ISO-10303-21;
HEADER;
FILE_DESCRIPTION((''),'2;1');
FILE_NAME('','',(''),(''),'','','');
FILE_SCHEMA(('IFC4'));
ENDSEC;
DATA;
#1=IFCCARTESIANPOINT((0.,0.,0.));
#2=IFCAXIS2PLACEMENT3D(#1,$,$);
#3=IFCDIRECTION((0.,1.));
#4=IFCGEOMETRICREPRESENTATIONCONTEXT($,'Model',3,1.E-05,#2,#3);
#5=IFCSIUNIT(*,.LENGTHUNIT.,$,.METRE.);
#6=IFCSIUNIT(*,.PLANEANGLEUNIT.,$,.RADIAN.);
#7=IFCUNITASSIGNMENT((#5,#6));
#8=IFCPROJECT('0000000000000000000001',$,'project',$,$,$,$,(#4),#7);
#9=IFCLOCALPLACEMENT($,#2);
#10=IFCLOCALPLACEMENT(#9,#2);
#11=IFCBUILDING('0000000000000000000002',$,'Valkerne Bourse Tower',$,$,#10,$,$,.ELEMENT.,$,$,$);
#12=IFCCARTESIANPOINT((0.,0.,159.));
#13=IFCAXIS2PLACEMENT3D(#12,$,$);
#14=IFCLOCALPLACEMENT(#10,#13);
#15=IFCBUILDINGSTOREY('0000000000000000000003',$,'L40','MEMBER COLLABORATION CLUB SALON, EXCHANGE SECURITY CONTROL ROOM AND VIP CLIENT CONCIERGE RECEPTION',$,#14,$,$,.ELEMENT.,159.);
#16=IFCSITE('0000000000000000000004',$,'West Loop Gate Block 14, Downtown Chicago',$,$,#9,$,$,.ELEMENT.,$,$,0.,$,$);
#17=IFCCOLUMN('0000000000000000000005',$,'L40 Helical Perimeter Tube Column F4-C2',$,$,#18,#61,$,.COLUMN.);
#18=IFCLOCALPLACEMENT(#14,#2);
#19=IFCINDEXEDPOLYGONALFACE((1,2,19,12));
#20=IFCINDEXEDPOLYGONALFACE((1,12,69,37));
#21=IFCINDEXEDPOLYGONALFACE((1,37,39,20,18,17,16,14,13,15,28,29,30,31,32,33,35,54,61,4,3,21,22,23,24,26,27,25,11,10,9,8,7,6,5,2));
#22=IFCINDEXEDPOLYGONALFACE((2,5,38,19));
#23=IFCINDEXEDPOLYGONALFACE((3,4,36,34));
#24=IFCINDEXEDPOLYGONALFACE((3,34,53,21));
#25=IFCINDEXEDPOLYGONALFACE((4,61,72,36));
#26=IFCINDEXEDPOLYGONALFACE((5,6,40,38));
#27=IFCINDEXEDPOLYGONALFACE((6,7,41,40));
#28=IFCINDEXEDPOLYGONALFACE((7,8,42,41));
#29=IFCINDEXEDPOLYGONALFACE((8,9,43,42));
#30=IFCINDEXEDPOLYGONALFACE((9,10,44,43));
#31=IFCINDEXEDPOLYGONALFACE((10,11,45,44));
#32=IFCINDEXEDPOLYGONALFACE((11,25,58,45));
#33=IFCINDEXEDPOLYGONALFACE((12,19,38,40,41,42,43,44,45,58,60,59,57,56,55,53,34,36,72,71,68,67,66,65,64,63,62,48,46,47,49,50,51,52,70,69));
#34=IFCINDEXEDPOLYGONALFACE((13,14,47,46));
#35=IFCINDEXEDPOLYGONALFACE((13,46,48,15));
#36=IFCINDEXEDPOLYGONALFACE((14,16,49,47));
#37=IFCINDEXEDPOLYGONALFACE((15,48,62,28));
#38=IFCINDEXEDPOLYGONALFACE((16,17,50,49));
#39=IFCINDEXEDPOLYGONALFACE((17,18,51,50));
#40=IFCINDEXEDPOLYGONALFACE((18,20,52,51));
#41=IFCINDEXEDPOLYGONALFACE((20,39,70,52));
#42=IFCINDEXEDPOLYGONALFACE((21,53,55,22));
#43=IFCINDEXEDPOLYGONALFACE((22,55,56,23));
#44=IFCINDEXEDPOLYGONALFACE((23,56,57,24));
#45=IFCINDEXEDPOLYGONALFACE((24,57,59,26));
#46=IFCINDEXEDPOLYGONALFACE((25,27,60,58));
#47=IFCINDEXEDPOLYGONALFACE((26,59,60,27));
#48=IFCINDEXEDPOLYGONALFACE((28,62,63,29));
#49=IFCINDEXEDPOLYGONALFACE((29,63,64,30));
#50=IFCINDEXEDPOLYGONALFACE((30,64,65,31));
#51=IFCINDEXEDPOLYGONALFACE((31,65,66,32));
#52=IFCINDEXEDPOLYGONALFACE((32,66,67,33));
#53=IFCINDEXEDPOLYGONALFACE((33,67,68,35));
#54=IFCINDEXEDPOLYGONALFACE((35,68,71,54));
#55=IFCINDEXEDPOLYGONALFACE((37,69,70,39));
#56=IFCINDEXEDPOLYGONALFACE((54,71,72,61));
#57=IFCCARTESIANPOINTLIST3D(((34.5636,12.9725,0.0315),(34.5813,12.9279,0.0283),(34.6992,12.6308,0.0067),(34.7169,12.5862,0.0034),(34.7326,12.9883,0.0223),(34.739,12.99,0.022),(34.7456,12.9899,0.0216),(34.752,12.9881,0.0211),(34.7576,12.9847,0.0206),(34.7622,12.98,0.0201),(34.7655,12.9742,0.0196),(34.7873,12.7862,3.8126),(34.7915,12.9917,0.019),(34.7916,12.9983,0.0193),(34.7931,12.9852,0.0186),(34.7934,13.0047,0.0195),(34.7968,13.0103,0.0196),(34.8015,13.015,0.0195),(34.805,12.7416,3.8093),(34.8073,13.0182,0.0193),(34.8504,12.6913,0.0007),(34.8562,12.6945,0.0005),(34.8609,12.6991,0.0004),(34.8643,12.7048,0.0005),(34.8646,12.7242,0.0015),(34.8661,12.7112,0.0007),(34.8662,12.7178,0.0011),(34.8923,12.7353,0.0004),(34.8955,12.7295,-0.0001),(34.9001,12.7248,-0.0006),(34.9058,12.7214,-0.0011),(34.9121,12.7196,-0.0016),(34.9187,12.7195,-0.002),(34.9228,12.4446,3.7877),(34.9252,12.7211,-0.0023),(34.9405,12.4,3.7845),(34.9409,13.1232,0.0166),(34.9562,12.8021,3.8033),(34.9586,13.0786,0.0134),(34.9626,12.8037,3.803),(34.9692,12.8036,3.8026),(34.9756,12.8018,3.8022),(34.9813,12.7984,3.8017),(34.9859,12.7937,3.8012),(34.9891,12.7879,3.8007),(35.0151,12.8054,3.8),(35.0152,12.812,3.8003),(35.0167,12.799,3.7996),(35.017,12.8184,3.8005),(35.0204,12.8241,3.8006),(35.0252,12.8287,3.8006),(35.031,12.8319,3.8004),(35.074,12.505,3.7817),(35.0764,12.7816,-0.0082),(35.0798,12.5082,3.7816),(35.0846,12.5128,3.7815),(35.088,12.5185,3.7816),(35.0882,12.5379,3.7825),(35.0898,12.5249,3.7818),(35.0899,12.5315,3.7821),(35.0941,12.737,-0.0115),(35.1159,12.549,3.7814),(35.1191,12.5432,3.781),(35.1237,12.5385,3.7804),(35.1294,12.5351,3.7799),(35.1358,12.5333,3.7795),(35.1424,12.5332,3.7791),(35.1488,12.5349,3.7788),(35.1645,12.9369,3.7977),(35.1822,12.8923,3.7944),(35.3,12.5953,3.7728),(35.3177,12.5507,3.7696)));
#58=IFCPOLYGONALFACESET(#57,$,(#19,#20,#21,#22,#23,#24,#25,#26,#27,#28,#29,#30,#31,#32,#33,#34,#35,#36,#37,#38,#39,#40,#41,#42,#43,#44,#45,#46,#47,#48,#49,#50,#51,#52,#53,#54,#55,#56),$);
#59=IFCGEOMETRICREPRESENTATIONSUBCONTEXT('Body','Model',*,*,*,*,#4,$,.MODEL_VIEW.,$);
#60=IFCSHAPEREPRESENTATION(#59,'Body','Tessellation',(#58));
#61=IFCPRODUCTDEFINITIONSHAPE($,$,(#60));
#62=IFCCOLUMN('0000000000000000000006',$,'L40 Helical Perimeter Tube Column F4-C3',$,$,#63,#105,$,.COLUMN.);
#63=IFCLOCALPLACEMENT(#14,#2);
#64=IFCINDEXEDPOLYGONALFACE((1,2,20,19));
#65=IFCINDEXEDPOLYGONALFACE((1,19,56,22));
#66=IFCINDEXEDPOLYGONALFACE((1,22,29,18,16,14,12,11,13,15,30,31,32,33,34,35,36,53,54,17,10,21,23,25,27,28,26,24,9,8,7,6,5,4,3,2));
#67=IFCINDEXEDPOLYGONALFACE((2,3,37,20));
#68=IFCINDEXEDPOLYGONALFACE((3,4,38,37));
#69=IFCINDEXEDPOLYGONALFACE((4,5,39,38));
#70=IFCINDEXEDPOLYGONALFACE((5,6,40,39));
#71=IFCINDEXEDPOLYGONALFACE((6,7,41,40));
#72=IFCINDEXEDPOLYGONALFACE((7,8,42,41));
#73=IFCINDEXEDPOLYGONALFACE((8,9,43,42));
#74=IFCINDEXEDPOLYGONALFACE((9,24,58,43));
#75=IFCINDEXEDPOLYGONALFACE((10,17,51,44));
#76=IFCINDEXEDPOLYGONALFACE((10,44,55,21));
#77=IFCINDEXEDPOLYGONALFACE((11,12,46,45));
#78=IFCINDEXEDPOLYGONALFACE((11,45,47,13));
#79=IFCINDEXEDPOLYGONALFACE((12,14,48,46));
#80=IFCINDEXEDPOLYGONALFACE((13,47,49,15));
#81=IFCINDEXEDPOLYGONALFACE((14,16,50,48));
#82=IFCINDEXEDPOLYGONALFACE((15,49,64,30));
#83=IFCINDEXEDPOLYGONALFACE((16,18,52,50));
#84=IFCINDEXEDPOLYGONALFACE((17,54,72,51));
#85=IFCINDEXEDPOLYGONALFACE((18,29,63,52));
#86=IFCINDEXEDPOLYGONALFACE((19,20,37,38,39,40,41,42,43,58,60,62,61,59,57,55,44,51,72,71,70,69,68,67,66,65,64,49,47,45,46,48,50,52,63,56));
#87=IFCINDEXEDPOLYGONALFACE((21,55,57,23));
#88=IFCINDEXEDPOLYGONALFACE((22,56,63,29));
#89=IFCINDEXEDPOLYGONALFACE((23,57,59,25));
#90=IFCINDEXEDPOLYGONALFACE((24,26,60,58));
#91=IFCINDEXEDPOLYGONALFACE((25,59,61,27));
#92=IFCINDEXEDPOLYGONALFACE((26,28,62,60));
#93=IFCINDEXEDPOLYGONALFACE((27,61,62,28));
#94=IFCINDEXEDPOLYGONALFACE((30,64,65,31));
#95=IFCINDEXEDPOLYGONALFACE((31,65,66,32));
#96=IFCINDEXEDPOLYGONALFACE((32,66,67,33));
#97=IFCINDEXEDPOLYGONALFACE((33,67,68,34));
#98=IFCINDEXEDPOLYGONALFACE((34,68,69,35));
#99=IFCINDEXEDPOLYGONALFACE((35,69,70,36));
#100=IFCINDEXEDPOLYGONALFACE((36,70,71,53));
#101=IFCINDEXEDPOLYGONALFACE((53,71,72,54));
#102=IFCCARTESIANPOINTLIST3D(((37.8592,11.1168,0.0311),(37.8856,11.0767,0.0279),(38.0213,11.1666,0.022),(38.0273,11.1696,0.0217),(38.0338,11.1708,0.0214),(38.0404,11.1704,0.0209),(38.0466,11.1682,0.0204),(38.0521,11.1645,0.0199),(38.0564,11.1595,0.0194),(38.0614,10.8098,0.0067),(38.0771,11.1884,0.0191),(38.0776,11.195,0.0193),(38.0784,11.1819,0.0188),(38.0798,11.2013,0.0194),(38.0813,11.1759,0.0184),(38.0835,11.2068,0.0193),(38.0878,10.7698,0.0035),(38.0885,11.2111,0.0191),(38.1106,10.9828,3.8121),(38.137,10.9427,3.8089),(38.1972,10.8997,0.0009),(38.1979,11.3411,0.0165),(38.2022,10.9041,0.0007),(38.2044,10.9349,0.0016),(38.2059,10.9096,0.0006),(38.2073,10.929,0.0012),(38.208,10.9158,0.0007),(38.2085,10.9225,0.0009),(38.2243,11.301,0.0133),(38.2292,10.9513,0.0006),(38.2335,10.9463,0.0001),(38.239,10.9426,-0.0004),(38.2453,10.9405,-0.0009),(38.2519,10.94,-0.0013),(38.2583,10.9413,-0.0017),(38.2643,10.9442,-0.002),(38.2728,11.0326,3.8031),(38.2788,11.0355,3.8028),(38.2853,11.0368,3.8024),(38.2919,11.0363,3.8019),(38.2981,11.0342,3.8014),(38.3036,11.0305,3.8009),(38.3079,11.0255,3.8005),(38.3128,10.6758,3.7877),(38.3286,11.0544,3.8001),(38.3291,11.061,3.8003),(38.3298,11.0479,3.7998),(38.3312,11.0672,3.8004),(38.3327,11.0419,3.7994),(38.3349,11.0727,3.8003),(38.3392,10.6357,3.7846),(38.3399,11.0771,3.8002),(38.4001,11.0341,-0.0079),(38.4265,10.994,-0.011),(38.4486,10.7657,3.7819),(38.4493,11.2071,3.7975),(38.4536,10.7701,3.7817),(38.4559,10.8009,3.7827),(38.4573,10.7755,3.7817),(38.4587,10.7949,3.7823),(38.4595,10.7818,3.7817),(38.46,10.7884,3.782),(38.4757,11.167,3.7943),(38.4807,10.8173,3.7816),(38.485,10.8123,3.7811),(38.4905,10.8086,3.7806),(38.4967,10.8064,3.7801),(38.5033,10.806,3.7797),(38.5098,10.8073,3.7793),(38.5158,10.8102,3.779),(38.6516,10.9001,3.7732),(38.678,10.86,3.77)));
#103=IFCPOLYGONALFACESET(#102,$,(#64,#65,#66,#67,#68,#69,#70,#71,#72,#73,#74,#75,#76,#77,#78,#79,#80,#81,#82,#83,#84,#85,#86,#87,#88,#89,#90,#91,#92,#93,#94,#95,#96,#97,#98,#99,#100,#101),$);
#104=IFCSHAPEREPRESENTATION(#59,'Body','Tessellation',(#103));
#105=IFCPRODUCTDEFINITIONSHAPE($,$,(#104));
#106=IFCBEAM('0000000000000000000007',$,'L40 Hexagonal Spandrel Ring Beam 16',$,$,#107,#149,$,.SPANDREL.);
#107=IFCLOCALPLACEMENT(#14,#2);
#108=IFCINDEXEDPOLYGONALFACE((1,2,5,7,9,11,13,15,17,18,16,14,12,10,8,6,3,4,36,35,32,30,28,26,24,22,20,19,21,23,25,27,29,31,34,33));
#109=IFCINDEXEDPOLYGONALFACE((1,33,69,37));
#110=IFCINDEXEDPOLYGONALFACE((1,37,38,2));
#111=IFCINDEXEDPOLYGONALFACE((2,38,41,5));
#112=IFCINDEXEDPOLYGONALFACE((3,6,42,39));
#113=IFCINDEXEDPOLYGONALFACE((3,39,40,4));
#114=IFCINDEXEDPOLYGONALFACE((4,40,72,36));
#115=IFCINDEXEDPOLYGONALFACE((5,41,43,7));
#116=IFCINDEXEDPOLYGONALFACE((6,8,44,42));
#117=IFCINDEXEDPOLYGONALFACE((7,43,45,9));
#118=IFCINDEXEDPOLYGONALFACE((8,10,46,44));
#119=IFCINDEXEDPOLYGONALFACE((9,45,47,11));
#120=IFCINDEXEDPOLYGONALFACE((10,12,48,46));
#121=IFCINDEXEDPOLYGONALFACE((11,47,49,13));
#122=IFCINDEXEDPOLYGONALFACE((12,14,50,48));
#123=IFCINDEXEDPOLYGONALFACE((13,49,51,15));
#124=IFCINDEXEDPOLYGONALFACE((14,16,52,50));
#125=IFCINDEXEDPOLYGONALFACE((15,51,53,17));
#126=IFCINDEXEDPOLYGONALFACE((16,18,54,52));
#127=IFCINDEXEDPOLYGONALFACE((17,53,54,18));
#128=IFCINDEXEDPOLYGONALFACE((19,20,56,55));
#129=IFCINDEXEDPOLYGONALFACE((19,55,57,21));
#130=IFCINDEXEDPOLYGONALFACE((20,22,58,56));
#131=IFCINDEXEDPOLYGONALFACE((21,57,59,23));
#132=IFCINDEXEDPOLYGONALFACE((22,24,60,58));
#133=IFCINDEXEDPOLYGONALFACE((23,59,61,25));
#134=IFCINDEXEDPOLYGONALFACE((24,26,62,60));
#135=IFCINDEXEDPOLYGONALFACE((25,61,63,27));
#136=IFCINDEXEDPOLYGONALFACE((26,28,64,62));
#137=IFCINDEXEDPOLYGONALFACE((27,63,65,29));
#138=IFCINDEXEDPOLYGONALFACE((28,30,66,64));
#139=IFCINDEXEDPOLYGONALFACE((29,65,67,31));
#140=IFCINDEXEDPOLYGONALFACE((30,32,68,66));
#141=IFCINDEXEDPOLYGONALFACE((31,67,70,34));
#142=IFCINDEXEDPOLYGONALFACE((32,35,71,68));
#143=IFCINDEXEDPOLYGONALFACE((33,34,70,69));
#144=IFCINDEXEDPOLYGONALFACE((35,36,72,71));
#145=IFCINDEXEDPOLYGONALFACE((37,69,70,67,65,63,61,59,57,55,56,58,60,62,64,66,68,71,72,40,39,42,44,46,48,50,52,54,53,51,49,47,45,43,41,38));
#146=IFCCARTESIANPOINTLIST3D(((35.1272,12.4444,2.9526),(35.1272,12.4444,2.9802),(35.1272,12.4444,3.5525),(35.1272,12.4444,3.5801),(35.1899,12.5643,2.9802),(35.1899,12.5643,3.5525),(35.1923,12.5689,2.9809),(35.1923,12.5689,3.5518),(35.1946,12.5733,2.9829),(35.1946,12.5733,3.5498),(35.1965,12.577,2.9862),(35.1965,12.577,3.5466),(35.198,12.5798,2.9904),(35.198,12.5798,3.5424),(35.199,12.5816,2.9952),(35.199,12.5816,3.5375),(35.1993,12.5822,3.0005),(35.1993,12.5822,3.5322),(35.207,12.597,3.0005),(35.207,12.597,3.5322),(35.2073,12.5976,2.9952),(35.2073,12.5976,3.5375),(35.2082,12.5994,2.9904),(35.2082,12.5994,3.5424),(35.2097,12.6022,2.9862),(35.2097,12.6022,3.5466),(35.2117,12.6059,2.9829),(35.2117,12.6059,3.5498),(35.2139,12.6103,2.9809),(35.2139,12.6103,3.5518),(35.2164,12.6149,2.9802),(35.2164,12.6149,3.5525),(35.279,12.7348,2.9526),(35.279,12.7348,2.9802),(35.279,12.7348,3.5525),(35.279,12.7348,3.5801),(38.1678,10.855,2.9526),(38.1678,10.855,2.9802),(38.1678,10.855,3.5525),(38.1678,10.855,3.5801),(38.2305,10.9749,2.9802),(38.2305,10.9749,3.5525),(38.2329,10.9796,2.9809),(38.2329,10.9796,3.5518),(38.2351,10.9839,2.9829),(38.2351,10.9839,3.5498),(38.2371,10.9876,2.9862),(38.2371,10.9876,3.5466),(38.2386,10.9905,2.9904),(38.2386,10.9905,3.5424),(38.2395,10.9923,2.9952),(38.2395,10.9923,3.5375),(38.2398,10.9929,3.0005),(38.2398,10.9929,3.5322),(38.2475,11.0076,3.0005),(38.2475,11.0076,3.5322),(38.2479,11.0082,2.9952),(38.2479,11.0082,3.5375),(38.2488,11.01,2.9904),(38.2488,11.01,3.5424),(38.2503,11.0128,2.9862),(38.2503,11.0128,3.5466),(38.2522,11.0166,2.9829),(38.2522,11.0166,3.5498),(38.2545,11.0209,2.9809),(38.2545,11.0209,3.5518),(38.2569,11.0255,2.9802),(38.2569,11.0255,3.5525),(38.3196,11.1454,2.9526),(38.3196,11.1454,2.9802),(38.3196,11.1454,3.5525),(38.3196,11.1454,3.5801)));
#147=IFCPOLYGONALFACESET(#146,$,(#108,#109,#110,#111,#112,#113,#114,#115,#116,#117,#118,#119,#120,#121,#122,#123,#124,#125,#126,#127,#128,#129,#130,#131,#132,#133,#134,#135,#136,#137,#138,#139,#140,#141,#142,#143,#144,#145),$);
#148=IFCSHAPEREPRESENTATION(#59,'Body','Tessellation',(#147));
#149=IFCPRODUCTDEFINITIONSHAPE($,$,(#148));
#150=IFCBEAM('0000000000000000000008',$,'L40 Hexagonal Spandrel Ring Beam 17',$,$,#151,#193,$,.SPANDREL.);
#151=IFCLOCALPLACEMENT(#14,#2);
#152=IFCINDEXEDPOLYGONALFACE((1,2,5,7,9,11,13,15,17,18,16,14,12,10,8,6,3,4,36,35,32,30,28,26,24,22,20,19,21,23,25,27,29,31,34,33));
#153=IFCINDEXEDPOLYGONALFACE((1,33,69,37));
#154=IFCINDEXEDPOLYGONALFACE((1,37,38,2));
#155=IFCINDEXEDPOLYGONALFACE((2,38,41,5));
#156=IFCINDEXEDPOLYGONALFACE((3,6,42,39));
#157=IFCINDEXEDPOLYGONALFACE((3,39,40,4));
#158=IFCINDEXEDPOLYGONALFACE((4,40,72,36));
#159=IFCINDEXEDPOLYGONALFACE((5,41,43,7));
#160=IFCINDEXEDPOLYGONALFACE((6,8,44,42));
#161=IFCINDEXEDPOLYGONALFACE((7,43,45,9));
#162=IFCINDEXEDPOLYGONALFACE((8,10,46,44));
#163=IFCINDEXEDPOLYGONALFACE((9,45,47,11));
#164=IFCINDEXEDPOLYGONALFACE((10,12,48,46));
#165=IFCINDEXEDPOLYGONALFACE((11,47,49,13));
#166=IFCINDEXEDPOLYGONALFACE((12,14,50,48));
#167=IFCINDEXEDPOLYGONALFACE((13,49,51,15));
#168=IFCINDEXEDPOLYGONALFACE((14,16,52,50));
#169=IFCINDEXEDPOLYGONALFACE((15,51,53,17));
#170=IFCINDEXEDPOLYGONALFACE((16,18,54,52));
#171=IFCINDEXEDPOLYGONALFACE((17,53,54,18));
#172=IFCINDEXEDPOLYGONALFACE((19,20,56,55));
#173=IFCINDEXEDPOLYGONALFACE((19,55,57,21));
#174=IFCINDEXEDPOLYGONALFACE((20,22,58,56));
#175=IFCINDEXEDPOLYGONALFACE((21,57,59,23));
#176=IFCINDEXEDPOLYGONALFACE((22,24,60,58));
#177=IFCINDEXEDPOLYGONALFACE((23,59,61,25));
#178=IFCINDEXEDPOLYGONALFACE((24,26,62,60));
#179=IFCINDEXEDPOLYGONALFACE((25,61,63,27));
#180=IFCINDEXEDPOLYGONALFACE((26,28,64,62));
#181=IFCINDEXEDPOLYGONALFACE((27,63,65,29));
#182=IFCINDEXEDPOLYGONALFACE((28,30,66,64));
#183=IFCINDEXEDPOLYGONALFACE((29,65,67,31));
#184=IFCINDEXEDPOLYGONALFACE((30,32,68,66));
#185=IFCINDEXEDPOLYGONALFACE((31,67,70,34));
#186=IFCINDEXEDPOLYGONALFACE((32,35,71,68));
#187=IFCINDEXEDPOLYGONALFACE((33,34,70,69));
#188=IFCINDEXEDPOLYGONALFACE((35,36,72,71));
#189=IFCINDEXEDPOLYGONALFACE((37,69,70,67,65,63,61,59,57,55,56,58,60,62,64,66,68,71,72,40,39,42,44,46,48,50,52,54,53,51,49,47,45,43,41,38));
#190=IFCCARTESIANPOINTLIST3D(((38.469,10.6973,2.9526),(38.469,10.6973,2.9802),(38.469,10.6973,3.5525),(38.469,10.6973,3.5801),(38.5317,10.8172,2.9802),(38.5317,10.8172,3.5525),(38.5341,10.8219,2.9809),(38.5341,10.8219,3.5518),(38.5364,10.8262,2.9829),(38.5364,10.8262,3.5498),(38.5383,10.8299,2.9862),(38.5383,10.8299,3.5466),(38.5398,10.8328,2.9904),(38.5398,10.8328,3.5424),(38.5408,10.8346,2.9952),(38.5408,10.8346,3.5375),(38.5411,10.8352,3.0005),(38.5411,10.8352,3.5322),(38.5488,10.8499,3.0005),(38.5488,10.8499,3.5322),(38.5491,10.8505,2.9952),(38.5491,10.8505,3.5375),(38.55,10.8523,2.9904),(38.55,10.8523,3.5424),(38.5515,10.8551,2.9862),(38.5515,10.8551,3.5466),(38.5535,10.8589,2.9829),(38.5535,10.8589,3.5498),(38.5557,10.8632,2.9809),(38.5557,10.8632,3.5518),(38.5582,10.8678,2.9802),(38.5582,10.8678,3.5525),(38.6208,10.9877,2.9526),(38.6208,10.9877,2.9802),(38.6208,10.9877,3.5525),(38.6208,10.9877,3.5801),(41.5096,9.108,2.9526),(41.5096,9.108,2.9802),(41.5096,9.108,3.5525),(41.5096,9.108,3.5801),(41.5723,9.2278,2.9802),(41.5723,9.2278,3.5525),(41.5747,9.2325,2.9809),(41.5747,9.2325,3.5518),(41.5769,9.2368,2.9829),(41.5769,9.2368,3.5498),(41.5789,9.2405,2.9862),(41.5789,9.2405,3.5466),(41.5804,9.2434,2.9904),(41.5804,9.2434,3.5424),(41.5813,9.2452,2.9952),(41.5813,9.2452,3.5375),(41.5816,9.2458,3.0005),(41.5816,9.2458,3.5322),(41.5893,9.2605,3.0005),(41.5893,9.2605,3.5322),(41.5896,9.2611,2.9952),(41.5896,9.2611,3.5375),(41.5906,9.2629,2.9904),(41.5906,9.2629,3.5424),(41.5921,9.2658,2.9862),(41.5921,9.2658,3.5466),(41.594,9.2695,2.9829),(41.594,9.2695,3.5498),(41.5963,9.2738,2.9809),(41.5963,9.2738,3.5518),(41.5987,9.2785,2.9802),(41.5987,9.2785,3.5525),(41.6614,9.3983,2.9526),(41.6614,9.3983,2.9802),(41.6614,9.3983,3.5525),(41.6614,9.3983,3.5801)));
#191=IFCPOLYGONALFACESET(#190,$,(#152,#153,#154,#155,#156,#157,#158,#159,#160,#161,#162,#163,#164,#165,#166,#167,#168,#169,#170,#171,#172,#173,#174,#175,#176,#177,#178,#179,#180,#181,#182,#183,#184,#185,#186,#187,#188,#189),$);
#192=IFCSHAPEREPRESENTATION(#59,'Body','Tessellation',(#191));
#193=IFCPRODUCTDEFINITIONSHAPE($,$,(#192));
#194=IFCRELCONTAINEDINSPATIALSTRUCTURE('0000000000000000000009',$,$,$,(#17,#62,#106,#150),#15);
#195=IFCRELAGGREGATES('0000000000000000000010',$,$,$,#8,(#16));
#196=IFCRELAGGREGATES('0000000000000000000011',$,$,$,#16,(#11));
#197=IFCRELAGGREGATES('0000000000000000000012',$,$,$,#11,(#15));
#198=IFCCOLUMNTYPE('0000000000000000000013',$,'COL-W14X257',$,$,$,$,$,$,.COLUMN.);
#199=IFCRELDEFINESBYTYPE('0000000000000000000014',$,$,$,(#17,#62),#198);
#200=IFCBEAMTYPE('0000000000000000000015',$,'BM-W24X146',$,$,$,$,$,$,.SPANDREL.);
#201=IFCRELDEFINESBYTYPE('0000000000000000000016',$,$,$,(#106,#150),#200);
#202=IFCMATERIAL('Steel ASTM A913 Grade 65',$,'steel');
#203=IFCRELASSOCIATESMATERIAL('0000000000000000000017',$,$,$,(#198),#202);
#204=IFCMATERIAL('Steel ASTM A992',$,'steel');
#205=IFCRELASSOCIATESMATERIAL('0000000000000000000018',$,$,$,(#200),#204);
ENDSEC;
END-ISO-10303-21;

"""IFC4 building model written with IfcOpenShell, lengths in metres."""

from ifc_helpers import new_model, si_unit, direction, frame, origin, origin_2d, place, context, subcontext, project, spatial, i_section, extrude, material, material_profile, profile_set, type_object, element, save


model = new_model("IFC4")

# Units and contexts
model_context = context("Model", 3, precision=1e-05, world=origin(), true_north=direction((0.0, 1.0)))
body_context = subcontext(model_context, "Body", "Model", "MODEL_VIEW")
ifc_project = project(units=[si_unit("LENGTHUNIT", "METRE"), si_unit("PLANEANGLEUNIT", "RADIAN")], contexts=[model_context])

# Site, building, storey
site_placement = place(None, origin())
site = spatial("IfcSite", under=ifc_project, at=site_placement, Name="West Loop Gate Block 14, Downtown Chicago", CompositionType="ELEMENT", RefElevation=0.0)
building_placement = place(site_placement, origin())
building = spatial("IfcBuilding", under=site, at=building_placement, Name="Valkerne Bourse Tower", CompositionType="ELEMENT")
storey_placement = place(building_placement, frame((0.0, 0.0, 159.0)))
storey = spatial("IfcBuildingStorey", under=building, at=storey_placement, Name="L40", Description="MEMBER COLLABORATION CLUB SALON, EXCHANGE SECURITY CONTROL ROOM AND VIP CLIENT CONCIERGE RECEPTION", CompositionType="ELEMENT", Elevation=159.0)

# Columns
ifc_material_1 = material(Name="Steel ASTM A913 Grade 65", Category="steel")
ifc_material_profile_1 = material_profile(ifc_material_1, i_section(OverallWidth=0.4065, OverallDepth=0.4165, WebThickness=0.0298, FlangeThickness=0.0481, FilletRadius=0.0254, at=origin_2d()), Name="W14X257")
ifc_profile_set_1 = profile_set([ifc_material_profile_1], Name="Steel ASTM A913 Grade 65")
column_type = type_object("IfcColumnType", Name="COL-W14X257", PredefinedType="COLUMN", material=ifc_profile_set_1)
column_1_placement = place(storey_placement, frame((34.8289, 12.8547, 0.01), z_axis=(0.058972, -0.049122, 0.99705), x_axis=(0.928008, 0.370757, -0.036622)))
element("IfcColumn", 1, at=column_1_placement, inside=storey, type_object=column_type, Name="L40 Helical Perimeter Tube Column F4-C2", PredefinedType="COLUMN", context=body_context, shape_type="SweptSolid", body=[
    extrude(i_section(OverallWidth=0.4065, OverallDepth=0.4165, WebThickness=0.0298, FlangeThickness=0.0481, FilletRadius=0.0254, at=origin_2d()), origin(), (0.0, 0.0, 1.0), 3.7922),
])
column_2_placement = place(storey_placement, frame((38.1428, 11.0554, 0.01), z_axis=(0.066319, -0.035349, 0.997172), x_axis=(0.833254, 0.551727, -0.035859)))
element("IfcColumn", 2, at=column_2_placement, inside=storey, type_object=column_type, Name="L40 Helical Perimeter Tube Column F4-C3", PredefinedType="COLUMN", context=body_context, shape_type="SweptSolid", body=[
    extrude(i_section(OverallWidth=0.4065, OverallDepth=0.4165, WebThickness=0.0298, FlangeThickness=0.0481, FilletRadius=0.0254, at=origin_2d()), origin(), (0.0, 0.0, 1.0), 3.7917),
])

# Beams
ifc_material_2 = material(Name="Steel ASTM A992", Category="steel")
ifc_material_profile_2 = material_profile(ifc_material_2, i_section(OverallWidth=0.3276, OverallDepth=0.6274, WebThickness=0.0166, FlangeThickness=0.0276, FilletRadius=0.0203, at=origin_2d()), Name="W24X146")
ifc_profile_set_2 = profile_set([ifc_material_profile_2], Name="Steel ASTM A992")
beam_type_1 = type_object("IfcBeamType", Name="BM-W24X146", PredefinedType="SPANDREL", material=ifc_profile_set_2)
for number, where, z_axis, x_axis, name in (
    (3, (35.2031, 12.5896, 3.2664), (0.886227, -0.463252, 0.0), (0.463252, 0.886227, 0.0), "L40 Hexagonal Spandrel Ring Beam 16"),
    (4, (38.5449, 10.8425, 3.2664), (0.886227, -0.463252, 0.0), (0.463252, 0.886227, 0.0), "L40 Hexagonal Spandrel Ring Beam 17"),
):
    element("IfcBeam", number, at=place(storey_placement, frame(where, z_axis=z_axis, x_axis=x_axis)), inside=storey, type_object=beam_type_1, Name=name, PredefinedType="SPANDREL", context=body_context, shape_type="SweptSolid", body=[
        extrude(i_section(OverallWidth=0.3276, OverallDepth=0.6274, WebThickness=0.0166, FlangeThickness=0.0276, FilletRadius=0.0203, at=origin_2d()), origin(), (0.0, 0.0, 1.0), 3.4309),
    ])

save(model, "model.ifc")
